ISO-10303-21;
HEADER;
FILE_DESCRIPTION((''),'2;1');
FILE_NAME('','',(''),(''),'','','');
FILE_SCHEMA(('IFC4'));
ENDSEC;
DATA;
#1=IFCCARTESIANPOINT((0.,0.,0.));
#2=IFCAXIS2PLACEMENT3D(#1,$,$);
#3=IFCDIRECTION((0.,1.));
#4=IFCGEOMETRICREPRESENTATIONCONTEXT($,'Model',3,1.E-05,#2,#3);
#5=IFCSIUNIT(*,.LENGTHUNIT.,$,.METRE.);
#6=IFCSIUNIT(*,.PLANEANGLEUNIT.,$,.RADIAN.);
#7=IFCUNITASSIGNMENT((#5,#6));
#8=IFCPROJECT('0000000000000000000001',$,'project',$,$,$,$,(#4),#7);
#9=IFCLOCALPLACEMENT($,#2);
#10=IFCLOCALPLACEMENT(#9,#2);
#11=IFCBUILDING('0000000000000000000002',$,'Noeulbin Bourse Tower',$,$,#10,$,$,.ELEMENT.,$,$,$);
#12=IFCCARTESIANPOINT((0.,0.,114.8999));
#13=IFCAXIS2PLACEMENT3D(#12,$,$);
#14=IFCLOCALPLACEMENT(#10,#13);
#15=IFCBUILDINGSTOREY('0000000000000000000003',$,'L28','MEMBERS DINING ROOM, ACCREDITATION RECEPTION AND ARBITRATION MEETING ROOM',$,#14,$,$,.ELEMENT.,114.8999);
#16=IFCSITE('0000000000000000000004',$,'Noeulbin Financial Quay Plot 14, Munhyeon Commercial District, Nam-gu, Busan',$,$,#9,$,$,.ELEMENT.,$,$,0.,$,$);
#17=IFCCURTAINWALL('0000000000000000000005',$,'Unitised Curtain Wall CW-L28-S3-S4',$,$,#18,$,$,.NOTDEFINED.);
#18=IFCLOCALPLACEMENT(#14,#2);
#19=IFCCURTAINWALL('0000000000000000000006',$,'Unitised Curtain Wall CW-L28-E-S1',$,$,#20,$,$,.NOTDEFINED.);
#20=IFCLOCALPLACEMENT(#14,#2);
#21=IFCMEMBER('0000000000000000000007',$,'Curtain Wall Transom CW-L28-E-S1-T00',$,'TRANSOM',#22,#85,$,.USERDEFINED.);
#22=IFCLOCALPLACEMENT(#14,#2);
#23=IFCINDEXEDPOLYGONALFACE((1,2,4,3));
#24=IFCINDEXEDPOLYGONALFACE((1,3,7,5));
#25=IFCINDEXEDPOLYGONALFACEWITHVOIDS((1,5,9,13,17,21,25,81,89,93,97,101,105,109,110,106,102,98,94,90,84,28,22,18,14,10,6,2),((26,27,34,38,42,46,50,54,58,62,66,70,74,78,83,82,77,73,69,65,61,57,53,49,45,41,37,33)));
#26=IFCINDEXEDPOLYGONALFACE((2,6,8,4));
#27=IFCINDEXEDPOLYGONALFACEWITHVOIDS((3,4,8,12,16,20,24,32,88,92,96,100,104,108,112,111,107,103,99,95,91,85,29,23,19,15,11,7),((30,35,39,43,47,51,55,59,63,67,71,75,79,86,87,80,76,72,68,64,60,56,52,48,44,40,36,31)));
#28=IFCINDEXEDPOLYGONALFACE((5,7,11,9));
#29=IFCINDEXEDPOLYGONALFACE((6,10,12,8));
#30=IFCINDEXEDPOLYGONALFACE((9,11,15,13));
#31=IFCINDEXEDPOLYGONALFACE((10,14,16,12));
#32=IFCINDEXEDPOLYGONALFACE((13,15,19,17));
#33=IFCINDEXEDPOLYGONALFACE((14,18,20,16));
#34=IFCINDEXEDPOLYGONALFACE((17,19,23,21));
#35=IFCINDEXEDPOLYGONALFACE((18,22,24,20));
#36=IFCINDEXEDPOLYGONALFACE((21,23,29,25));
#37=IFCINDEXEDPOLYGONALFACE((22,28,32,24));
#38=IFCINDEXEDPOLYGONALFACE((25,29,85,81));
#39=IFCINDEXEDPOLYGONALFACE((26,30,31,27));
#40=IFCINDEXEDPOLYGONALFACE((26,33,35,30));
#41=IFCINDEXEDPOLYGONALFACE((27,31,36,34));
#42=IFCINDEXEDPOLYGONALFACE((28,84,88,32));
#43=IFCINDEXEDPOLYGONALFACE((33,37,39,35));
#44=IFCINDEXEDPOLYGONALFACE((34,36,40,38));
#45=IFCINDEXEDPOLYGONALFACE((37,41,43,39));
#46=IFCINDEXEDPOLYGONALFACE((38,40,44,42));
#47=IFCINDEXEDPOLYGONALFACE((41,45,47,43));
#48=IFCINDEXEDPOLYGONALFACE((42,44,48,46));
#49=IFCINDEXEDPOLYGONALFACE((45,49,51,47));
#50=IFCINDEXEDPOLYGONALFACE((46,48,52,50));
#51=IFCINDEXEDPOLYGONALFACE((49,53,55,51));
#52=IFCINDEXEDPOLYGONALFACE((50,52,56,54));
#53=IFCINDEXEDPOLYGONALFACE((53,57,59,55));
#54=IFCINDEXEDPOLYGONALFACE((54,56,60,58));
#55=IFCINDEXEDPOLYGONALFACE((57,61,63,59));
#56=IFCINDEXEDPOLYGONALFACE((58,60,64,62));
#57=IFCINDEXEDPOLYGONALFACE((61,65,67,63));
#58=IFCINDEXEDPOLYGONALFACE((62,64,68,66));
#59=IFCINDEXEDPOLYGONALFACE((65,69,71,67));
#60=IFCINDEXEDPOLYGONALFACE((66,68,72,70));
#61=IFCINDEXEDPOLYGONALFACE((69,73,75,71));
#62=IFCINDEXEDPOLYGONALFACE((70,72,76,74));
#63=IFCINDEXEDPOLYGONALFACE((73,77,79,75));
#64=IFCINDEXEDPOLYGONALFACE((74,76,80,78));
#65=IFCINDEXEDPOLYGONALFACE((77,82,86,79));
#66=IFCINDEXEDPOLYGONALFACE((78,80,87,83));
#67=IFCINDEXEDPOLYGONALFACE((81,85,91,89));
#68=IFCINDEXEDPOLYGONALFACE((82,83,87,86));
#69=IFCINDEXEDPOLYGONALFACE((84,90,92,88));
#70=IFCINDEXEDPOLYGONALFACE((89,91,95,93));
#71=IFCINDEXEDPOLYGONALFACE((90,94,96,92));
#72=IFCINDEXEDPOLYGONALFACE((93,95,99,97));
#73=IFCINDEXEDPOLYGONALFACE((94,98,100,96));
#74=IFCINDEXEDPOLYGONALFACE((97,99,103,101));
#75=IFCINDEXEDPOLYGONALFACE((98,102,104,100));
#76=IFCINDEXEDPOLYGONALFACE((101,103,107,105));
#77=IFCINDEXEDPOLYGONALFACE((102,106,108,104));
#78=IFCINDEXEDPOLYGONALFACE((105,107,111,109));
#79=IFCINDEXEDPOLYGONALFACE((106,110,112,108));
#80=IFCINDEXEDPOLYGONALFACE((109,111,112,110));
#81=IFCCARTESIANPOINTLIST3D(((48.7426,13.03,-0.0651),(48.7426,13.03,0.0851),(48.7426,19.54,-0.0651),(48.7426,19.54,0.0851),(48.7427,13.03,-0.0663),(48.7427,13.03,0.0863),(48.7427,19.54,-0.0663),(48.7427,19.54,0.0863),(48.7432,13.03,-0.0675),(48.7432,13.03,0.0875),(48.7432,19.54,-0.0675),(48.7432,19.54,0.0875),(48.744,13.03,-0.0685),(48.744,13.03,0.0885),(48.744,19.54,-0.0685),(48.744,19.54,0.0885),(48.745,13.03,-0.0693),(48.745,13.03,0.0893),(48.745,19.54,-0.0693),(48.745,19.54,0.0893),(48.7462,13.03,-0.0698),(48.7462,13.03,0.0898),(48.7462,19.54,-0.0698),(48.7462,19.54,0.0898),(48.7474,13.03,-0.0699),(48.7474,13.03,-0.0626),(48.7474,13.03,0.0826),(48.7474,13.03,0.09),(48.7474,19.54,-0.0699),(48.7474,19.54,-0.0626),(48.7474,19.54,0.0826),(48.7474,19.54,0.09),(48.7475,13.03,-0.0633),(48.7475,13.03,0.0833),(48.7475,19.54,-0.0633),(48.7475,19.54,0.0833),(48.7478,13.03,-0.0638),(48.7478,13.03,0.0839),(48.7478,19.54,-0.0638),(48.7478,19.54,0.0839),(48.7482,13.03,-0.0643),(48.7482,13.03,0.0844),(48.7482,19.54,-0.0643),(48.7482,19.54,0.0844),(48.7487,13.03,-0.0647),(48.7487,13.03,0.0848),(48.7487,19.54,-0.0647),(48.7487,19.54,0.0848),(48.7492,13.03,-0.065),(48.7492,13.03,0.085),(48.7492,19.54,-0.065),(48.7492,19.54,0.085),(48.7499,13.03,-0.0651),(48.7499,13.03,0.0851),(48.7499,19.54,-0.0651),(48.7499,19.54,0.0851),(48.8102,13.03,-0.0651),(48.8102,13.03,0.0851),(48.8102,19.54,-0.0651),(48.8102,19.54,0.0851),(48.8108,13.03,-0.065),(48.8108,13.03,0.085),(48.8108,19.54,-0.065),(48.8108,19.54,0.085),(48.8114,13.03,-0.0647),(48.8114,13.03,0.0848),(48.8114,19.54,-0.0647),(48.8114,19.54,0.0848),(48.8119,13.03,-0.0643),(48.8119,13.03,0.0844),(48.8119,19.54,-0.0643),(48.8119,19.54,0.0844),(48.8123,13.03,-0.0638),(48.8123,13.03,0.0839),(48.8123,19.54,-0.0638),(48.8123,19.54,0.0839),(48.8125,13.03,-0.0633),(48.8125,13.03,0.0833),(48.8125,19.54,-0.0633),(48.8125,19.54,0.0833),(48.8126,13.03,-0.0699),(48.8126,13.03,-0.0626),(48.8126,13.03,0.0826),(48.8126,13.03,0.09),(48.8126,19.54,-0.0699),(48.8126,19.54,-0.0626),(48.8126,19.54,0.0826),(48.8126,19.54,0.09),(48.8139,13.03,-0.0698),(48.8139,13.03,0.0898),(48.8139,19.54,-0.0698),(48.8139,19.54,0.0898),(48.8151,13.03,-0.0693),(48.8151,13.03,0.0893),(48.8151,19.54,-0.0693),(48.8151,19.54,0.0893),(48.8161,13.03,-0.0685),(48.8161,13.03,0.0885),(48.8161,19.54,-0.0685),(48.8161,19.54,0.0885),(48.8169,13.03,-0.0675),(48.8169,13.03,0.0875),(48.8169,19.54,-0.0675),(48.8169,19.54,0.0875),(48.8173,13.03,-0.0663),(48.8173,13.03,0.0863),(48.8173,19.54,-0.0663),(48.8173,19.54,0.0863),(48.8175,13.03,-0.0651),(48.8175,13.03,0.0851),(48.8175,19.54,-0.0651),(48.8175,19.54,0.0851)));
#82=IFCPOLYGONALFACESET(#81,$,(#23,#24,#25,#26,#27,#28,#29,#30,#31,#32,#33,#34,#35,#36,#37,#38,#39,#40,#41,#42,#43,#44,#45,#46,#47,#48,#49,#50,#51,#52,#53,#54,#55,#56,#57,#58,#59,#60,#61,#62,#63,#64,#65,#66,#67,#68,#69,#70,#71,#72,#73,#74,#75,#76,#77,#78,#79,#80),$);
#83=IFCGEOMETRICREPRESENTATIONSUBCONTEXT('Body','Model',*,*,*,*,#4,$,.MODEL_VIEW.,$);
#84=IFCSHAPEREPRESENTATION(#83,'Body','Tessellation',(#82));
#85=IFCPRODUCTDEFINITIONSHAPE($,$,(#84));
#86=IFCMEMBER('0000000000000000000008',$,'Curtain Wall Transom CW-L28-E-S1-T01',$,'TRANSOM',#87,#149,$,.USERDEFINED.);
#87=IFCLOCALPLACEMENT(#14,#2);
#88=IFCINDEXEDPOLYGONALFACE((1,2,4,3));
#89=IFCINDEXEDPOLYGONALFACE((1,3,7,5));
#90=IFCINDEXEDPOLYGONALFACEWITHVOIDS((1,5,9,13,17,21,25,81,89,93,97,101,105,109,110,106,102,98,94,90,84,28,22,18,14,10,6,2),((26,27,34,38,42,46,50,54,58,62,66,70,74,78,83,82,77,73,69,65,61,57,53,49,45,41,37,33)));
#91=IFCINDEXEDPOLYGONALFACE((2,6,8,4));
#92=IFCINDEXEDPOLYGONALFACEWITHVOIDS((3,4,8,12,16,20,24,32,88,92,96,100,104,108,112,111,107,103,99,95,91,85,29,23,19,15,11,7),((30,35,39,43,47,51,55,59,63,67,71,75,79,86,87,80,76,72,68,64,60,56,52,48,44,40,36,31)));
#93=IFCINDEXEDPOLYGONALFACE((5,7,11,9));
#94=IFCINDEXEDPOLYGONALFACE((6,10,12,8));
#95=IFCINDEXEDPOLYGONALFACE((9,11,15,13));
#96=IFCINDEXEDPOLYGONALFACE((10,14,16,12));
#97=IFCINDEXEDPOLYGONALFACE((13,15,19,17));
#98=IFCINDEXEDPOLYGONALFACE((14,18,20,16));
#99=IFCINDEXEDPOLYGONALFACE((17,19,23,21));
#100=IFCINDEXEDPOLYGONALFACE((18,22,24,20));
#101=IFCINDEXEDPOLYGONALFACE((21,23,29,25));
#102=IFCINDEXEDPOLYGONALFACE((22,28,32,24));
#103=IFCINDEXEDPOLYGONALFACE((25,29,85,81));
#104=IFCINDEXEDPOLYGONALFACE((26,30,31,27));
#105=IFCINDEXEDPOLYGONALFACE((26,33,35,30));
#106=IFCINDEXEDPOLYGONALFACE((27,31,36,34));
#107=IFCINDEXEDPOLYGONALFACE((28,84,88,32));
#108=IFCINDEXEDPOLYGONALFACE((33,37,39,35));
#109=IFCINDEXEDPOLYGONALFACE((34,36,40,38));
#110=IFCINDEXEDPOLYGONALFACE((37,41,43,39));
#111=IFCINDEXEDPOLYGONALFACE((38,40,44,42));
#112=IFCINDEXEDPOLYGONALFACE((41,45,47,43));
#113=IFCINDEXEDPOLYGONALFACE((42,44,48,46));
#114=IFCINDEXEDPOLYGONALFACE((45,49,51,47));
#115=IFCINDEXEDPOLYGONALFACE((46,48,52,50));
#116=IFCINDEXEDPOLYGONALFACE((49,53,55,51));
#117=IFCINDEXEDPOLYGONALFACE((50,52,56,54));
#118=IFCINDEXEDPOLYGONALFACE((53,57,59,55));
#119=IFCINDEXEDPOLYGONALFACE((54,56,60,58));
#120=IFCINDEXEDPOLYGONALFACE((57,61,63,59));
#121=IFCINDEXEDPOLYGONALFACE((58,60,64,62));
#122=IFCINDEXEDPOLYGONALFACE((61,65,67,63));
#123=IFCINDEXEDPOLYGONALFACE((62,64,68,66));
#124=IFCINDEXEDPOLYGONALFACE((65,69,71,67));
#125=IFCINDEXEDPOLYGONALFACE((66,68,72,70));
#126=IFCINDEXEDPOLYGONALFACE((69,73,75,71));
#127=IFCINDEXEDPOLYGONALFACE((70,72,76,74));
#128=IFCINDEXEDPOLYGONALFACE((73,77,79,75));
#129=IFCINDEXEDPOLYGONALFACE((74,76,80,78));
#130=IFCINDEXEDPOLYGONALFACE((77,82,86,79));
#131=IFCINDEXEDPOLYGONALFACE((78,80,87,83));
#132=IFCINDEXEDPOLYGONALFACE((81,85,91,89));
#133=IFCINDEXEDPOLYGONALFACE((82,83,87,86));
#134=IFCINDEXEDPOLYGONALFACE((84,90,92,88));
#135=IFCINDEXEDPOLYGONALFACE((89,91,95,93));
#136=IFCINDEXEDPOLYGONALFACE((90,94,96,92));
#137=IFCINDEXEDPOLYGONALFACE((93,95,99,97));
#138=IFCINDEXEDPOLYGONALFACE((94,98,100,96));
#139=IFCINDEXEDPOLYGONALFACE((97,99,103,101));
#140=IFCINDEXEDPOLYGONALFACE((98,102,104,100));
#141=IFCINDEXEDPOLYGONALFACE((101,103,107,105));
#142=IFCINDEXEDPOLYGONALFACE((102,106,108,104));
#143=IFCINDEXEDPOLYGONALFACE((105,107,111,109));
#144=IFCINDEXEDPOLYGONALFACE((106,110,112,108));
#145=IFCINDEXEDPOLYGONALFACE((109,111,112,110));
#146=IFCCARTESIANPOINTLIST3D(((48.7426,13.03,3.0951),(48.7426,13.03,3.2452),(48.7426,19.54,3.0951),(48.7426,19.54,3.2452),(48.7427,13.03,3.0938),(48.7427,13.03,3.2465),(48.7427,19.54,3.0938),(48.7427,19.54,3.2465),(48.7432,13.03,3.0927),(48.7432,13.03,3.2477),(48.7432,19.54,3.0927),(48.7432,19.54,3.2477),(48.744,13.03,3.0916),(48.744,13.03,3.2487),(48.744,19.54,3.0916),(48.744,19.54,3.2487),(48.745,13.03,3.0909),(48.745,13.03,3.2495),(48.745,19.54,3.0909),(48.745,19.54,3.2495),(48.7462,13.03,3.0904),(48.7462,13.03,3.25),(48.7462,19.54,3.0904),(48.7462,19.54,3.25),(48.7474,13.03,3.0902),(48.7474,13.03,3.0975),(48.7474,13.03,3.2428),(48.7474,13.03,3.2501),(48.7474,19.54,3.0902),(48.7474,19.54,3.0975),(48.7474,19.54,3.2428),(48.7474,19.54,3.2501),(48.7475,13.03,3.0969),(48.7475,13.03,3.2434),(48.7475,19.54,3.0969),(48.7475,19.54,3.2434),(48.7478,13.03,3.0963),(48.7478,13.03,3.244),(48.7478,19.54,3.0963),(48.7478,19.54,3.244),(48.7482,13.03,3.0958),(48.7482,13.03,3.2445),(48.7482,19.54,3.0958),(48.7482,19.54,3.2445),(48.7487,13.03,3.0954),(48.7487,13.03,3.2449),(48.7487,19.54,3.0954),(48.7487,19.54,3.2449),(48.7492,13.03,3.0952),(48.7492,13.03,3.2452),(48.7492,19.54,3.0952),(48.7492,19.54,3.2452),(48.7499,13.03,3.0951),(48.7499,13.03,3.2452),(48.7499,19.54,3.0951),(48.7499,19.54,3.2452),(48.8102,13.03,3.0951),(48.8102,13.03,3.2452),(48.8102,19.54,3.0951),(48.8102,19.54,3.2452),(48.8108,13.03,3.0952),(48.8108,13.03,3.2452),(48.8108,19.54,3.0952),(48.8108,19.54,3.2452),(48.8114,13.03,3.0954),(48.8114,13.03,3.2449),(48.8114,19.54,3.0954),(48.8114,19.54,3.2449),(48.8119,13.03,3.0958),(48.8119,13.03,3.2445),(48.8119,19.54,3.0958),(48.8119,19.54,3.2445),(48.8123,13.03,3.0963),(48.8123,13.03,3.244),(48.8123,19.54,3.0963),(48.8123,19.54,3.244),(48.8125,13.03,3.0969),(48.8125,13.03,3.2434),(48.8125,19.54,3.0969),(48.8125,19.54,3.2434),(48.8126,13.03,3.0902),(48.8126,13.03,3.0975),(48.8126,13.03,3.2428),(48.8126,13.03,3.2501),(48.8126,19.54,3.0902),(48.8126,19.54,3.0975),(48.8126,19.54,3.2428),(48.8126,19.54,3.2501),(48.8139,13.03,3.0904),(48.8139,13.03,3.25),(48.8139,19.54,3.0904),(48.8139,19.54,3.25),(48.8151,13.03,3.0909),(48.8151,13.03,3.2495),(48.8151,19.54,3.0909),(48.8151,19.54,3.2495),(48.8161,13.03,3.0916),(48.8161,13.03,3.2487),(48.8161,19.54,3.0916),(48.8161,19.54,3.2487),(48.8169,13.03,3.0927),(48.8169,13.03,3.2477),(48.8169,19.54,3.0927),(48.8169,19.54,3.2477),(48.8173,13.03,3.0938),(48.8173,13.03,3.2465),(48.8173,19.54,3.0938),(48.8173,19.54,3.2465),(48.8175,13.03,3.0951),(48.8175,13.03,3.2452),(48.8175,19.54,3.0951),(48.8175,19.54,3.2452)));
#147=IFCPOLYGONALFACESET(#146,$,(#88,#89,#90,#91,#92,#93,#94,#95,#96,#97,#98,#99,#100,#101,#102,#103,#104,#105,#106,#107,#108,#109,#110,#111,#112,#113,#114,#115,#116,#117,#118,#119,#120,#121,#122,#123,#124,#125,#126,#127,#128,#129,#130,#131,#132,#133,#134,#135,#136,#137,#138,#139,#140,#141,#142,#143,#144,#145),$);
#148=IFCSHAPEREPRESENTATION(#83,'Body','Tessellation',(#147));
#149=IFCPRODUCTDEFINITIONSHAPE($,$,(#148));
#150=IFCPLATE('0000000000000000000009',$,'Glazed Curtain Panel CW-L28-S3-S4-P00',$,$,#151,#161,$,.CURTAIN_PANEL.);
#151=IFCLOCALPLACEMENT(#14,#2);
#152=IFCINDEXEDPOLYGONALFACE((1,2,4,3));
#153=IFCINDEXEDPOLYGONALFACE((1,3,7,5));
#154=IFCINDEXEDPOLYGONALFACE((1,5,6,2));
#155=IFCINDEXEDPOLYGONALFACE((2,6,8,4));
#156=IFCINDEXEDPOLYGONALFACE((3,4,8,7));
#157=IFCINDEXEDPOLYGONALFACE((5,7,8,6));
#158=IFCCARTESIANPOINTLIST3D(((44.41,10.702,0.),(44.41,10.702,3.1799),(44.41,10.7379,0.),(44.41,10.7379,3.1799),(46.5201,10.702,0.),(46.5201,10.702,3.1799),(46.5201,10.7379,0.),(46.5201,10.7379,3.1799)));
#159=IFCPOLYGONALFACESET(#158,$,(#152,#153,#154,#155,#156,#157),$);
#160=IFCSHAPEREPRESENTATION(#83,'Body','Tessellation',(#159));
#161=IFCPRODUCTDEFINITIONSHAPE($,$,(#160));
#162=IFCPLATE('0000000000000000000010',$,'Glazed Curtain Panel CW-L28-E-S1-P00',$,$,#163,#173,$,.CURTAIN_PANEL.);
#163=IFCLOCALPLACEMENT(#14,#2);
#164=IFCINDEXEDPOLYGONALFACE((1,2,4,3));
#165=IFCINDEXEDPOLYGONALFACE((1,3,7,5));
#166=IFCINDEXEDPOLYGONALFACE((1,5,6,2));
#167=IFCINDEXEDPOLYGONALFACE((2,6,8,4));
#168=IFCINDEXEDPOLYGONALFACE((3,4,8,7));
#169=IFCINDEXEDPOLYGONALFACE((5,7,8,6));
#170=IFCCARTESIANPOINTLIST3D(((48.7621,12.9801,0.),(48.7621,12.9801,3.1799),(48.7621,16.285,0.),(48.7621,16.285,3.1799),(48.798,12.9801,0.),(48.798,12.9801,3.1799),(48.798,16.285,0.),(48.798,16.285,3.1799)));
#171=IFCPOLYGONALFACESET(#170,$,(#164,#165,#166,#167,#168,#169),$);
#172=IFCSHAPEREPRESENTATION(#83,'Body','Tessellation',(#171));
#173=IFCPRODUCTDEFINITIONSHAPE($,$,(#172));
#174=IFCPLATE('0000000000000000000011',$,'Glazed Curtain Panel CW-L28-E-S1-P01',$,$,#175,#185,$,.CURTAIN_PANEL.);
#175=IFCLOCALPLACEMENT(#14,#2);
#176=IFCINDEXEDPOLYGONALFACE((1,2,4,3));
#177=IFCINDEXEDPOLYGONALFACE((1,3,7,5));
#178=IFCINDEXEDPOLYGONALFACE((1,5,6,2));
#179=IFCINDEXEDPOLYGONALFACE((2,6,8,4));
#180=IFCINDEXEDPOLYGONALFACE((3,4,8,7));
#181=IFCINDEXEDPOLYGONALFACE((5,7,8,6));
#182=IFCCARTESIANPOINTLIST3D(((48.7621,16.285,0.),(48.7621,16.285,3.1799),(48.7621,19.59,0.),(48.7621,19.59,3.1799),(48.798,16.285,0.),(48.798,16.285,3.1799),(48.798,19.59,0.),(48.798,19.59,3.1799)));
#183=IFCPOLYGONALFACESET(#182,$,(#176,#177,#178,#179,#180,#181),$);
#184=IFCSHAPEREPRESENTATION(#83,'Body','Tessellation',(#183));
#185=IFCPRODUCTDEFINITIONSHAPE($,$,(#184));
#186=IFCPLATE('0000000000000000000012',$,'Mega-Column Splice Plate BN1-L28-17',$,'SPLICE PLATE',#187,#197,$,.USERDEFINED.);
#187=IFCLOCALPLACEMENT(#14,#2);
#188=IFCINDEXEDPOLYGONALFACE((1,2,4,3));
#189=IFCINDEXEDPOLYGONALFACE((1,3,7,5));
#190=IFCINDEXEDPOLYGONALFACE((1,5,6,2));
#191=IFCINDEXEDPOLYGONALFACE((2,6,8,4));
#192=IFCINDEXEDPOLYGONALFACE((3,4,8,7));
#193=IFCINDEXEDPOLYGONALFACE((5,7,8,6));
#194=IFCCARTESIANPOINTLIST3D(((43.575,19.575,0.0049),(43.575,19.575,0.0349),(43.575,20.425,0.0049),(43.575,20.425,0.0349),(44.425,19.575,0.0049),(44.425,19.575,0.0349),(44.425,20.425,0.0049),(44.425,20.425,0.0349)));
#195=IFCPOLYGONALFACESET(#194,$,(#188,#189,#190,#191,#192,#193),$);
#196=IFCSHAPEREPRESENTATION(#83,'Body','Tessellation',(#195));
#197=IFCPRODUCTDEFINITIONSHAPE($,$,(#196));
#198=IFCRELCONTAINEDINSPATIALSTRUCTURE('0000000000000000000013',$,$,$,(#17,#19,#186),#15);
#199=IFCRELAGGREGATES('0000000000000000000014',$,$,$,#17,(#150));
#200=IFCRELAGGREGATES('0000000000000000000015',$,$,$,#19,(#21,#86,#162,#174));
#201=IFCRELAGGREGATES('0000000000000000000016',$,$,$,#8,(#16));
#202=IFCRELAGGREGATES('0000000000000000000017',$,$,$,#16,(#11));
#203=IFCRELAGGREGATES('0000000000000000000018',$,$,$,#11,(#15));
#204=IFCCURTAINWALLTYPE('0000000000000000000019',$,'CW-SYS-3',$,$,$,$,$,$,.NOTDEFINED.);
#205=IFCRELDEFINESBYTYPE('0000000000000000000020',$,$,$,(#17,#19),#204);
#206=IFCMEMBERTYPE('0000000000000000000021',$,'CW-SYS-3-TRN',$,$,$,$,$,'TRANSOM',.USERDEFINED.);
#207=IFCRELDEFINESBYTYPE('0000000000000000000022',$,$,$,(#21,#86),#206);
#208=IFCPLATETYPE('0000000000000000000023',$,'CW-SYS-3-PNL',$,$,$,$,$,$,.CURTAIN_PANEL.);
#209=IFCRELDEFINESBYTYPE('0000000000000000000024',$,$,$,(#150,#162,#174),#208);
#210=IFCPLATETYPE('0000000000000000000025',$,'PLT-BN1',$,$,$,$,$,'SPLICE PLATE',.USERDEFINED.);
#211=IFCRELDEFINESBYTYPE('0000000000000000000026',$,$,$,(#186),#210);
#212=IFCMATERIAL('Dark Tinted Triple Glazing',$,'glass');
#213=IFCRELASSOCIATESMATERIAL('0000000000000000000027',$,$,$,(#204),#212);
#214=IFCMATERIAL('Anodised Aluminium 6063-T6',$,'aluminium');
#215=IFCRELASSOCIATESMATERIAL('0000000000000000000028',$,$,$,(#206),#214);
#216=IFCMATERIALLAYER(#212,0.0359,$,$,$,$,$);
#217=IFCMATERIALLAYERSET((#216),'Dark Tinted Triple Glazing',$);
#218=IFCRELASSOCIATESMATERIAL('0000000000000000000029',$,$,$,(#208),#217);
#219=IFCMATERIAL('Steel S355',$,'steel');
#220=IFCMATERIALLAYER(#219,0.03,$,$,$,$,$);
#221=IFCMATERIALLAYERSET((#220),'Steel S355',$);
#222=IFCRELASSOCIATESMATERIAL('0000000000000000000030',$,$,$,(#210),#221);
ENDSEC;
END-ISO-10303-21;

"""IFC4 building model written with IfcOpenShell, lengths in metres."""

from ifc_helpers import new_model, si_unit, direction, frame, origin, origin_2d, place, context, subcontext, project, spatial, rectangle, hollow_rectangle, extrude, material, layer, layer_set, material_profile, profile_set, type_object, element, aggregate, save


model = new_model("IFC4")

# Units and contexts
model_context = context("Model", 3, precision=1e-05, world=origin(), true_north=direction((0.0, 1.0)))
body_context = subcontext(model_context, "Body", "Model", "MODEL_VIEW")
ifc_project = project(units=[si_unit("LENGTHUNIT", "METRE"), si_unit("PLANEANGLEUNIT", "RADIAN")], contexts=[model_context])

# Site, building, storey
site_placement = place(None, origin())
site = spatial("IfcSite", under=ifc_project, at=site_placement, Name="Noeulbin Financial Quay Plot 14, Munhyeon Commercial District, Nam-gu, Busan", CompositionType="ELEMENT", RefElevation=0.0)
building_placement = place(site_placement, origin())
building = spatial("IfcBuilding", under=site, at=building_placement, Name="Noeulbin Bourse Tower", CompositionType="ELEMENT")
storey_placement = place(building_placement, frame((0.0, 0.0, 114.8999)))
storey = spatial("IfcBuildingStorey", under=building, at=storey_placement, Name="L28", Description="MEMBERS DINING ROOM, ACCREDITATION RECEPTION AND ARBITRATION MEETING ROOM", CompositionType="ELEMENT", Elevation=114.8999)

# Shared definitions
ifc_material_1 = material(Name="Steel S355", Category="steel")

# Curtain walls
ifc_material_2 = material(Name="Dark Tinted Triple Glazing", Category="glass")
curtain_wall_type = type_object("IfcCurtainWallType", Name="CW-SYS-3", PredefinedType="NOTDEFINED", material=ifc_material_2)
curtain_wall_1_placement = place(storey_placement, origin())
curtain_wall_1 = element("IfcCurtainWall", 1, at=curtain_wall_1_placement, inside=storey, type_object=curtain_wall_type, Name="Unitised Curtain Wall CW-L28-S3-S4", PredefinedType="NOTDEFINED")
ifc_material_3 = material(Name="Anodised Aluminium 6063-T6", Category="aluminium")
curtain_wall_2_placement = place(storey_placement, origin())
curtain_wall_2 = element("IfcCurtainWall", 2, at=curtain_wall_2_placement, inside=storey, type_object=curtain_wall_type, Name="Unitised Curtain Wall CW-L28-E-S1", PredefinedType="NOTDEFINED")

# Members
ifc_material_profile_1 = material_profile(ifc_material_3, hollow_rectangle(XDim=0.075, YDim=0.1599, WallThickness=0.0049, InnerFilletRadius=0.0024, OuterFilletRadius=0.0049, at=origin_2d()), Name="ALU-TRAN-75x160x5", Category="LoadBearing")
ifc_profile_set_1 = profile_set([ifc_material_profile_1], Name="Anodised Aluminium 6063-T6")
member_type_1 = type_object("IfcMemberType", Name="CW-SYS-3-TRN", ElementType="TRANSOM", PredefinedType="USERDEFINED", material=ifc_profile_set_1)
member_1_placement = place(storey_placement, frame((48.78, 13.03, 0.01), z_axis=(0.0, 1.0, 0.0), x_axis=(-1.0, 0.0, 0.0)))
member_1 = element("IfcMember", 3, at=member_1_placement, type_object=member_type_1, Name="Curtain Wall Transom CW-L28-E-S1-T00", ObjectType="TRANSOM", PredefinedType="USERDEFINED", context=body_context, shape_type="SweptSolid", body=[
    extrude(hollow_rectangle(XDim=0.075, YDim=0.1599, WallThickness=0.0049, InnerFilletRadius=0.0024, OuterFilletRadius=0.0049, at=origin_2d()), origin(), (0.0, 0.0, 1.0), 6.51),
])
member_2_placement = place(storey_placement, frame((48.78, 13.03, 3.1702), z_axis=(0.0, 1.0, 0.0), x_axis=(-1.0, 0.0, 0.0)))
member_2 = element("IfcMember", 4, at=member_2_placement, type_object=member_type_1, Name="Curtain Wall Transom CW-L28-E-S1-T01", ObjectType="TRANSOM", PredefinedType="USERDEFINED", context=body_context, shape_type="SweptSolid", body=[
    extrude(hollow_rectangle(XDim=0.075, YDim=0.1599, WallThickness=0.0049, InnerFilletRadius=0.0024, OuterFilletRadius=0.0049, at=origin_2d()), origin(), (0.0, 0.0, 1.0), 6.51),
])

# Plates
ifc_layer_1 = layer(ifc_material_2, 0.0359)
ifc_layer_set_1 = layer_set([ifc_layer_1], Name="Dark Tinted Triple Glazing")
plate_type_1 = type_object("IfcPlateType", Name="CW-SYS-3-PNL", PredefinedType="CURTAIN_PANEL", material=ifc_layer_set_1)
plate_1_placement = place(storey_placement, frame((45.4651, 10.72, 0.0), z_axis=(0.0, 0.0, 1.0), x_axis=(1.0, 0.0, 0.0)))
plate_1 = element("IfcPlate", 5, at=plate_1_placement, type_object=plate_type_1, Name="Glazed Curtain Panel CW-L28-S3-S4-P00", PredefinedType="CURTAIN_PANEL", context=body_context, shape_type="SweptSolid", body=[
    extrude(rectangle(XDim=2.1101, YDim=0.0359, at=origin_2d()), origin(), (0.0, 0.0, 1.0), 3.1799),
])
aggregate(curtain_wall_1, [plate_1])
plate_2_placement = place(storey_placement, frame((48.78, 14.6326, 0.0), z_axis=(0.0, 0.0, 1.0), x_axis=(0.0, 1.0, 0.0)))
plate_2 = element("IfcPlate", 6, at=plate_2_placement, type_object=plate_type_1, Name="Glazed Curtain Panel CW-L28-E-S1-P00", PredefinedType="CURTAIN_PANEL", context=body_context, shape_type="SweptSolid", body=[
    extrude(rectangle(XDim=3.3049, YDim=0.0359, at=origin_2d()), origin(), (0.0, 0.0, 1.0), 3.1799),
])
plate_3_placement = place(storey_placement, frame((48.78, 17.9375, 0.0), z_axis=(0.0, 0.0, 1.0), x_axis=(0.0, 1.0, 0.0)))
plate_3 = element("IfcPlate", 7, at=plate_3_placement, type_object=plate_type_1, Name="Glazed Curtain Panel CW-L28-E-S1-P01", PredefinedType="CURTAIN_PANEL", context=body_context, shape_type="SweptSolid", body=[
    extrude(rectangle(XDim=3.3049, YDim=0.0359, at=origin_2d()), origin(), (0.0, 0.0, 1.0), 3.1799),
])
aggregate(curtain_wall_2, [member_1, member_2, plate_2, plate_3])

# Plate
ifc_layer_2 = layer(ifc_material_1, 0.03)
ifc_layer_set_2 = layer_set([ifc_layer_2], Name="Steel S355")
plate_type_2 = type_object("IfcPlateType", Name="PLT-BN1", ElementType="SPLICE PLATE", PredefinedType="USERDEFINED", material=ifc_layer_set_2)
for number, where, z_axis, x_axis, name in (
    (8, (44.0, 20.0, 0.0049), (0.0, 0.0, 1.0), (1.0, 0.0, 0.0), "Mega-Column Splice Plate BN1-L28-17"),
):
    element("IfcPlate", number, at=place(storey_placement, frame(where, z_axis=z_axis, x_axis=x_axis)), inside=storey, type_object=plate_type_2, Name=name, ObjectType="SPLICE PLATE", PredefinedType="USERDEFINED", context=body_context, shape_type="SweptSolid", body=[
        extrude(rectangle(XDim=0.8501, YDim=0.8501, at=origin_2d()), origin(), (0.0, 0.0, 1.0), 0.03),
    ])

save(model, "model.ifc")
